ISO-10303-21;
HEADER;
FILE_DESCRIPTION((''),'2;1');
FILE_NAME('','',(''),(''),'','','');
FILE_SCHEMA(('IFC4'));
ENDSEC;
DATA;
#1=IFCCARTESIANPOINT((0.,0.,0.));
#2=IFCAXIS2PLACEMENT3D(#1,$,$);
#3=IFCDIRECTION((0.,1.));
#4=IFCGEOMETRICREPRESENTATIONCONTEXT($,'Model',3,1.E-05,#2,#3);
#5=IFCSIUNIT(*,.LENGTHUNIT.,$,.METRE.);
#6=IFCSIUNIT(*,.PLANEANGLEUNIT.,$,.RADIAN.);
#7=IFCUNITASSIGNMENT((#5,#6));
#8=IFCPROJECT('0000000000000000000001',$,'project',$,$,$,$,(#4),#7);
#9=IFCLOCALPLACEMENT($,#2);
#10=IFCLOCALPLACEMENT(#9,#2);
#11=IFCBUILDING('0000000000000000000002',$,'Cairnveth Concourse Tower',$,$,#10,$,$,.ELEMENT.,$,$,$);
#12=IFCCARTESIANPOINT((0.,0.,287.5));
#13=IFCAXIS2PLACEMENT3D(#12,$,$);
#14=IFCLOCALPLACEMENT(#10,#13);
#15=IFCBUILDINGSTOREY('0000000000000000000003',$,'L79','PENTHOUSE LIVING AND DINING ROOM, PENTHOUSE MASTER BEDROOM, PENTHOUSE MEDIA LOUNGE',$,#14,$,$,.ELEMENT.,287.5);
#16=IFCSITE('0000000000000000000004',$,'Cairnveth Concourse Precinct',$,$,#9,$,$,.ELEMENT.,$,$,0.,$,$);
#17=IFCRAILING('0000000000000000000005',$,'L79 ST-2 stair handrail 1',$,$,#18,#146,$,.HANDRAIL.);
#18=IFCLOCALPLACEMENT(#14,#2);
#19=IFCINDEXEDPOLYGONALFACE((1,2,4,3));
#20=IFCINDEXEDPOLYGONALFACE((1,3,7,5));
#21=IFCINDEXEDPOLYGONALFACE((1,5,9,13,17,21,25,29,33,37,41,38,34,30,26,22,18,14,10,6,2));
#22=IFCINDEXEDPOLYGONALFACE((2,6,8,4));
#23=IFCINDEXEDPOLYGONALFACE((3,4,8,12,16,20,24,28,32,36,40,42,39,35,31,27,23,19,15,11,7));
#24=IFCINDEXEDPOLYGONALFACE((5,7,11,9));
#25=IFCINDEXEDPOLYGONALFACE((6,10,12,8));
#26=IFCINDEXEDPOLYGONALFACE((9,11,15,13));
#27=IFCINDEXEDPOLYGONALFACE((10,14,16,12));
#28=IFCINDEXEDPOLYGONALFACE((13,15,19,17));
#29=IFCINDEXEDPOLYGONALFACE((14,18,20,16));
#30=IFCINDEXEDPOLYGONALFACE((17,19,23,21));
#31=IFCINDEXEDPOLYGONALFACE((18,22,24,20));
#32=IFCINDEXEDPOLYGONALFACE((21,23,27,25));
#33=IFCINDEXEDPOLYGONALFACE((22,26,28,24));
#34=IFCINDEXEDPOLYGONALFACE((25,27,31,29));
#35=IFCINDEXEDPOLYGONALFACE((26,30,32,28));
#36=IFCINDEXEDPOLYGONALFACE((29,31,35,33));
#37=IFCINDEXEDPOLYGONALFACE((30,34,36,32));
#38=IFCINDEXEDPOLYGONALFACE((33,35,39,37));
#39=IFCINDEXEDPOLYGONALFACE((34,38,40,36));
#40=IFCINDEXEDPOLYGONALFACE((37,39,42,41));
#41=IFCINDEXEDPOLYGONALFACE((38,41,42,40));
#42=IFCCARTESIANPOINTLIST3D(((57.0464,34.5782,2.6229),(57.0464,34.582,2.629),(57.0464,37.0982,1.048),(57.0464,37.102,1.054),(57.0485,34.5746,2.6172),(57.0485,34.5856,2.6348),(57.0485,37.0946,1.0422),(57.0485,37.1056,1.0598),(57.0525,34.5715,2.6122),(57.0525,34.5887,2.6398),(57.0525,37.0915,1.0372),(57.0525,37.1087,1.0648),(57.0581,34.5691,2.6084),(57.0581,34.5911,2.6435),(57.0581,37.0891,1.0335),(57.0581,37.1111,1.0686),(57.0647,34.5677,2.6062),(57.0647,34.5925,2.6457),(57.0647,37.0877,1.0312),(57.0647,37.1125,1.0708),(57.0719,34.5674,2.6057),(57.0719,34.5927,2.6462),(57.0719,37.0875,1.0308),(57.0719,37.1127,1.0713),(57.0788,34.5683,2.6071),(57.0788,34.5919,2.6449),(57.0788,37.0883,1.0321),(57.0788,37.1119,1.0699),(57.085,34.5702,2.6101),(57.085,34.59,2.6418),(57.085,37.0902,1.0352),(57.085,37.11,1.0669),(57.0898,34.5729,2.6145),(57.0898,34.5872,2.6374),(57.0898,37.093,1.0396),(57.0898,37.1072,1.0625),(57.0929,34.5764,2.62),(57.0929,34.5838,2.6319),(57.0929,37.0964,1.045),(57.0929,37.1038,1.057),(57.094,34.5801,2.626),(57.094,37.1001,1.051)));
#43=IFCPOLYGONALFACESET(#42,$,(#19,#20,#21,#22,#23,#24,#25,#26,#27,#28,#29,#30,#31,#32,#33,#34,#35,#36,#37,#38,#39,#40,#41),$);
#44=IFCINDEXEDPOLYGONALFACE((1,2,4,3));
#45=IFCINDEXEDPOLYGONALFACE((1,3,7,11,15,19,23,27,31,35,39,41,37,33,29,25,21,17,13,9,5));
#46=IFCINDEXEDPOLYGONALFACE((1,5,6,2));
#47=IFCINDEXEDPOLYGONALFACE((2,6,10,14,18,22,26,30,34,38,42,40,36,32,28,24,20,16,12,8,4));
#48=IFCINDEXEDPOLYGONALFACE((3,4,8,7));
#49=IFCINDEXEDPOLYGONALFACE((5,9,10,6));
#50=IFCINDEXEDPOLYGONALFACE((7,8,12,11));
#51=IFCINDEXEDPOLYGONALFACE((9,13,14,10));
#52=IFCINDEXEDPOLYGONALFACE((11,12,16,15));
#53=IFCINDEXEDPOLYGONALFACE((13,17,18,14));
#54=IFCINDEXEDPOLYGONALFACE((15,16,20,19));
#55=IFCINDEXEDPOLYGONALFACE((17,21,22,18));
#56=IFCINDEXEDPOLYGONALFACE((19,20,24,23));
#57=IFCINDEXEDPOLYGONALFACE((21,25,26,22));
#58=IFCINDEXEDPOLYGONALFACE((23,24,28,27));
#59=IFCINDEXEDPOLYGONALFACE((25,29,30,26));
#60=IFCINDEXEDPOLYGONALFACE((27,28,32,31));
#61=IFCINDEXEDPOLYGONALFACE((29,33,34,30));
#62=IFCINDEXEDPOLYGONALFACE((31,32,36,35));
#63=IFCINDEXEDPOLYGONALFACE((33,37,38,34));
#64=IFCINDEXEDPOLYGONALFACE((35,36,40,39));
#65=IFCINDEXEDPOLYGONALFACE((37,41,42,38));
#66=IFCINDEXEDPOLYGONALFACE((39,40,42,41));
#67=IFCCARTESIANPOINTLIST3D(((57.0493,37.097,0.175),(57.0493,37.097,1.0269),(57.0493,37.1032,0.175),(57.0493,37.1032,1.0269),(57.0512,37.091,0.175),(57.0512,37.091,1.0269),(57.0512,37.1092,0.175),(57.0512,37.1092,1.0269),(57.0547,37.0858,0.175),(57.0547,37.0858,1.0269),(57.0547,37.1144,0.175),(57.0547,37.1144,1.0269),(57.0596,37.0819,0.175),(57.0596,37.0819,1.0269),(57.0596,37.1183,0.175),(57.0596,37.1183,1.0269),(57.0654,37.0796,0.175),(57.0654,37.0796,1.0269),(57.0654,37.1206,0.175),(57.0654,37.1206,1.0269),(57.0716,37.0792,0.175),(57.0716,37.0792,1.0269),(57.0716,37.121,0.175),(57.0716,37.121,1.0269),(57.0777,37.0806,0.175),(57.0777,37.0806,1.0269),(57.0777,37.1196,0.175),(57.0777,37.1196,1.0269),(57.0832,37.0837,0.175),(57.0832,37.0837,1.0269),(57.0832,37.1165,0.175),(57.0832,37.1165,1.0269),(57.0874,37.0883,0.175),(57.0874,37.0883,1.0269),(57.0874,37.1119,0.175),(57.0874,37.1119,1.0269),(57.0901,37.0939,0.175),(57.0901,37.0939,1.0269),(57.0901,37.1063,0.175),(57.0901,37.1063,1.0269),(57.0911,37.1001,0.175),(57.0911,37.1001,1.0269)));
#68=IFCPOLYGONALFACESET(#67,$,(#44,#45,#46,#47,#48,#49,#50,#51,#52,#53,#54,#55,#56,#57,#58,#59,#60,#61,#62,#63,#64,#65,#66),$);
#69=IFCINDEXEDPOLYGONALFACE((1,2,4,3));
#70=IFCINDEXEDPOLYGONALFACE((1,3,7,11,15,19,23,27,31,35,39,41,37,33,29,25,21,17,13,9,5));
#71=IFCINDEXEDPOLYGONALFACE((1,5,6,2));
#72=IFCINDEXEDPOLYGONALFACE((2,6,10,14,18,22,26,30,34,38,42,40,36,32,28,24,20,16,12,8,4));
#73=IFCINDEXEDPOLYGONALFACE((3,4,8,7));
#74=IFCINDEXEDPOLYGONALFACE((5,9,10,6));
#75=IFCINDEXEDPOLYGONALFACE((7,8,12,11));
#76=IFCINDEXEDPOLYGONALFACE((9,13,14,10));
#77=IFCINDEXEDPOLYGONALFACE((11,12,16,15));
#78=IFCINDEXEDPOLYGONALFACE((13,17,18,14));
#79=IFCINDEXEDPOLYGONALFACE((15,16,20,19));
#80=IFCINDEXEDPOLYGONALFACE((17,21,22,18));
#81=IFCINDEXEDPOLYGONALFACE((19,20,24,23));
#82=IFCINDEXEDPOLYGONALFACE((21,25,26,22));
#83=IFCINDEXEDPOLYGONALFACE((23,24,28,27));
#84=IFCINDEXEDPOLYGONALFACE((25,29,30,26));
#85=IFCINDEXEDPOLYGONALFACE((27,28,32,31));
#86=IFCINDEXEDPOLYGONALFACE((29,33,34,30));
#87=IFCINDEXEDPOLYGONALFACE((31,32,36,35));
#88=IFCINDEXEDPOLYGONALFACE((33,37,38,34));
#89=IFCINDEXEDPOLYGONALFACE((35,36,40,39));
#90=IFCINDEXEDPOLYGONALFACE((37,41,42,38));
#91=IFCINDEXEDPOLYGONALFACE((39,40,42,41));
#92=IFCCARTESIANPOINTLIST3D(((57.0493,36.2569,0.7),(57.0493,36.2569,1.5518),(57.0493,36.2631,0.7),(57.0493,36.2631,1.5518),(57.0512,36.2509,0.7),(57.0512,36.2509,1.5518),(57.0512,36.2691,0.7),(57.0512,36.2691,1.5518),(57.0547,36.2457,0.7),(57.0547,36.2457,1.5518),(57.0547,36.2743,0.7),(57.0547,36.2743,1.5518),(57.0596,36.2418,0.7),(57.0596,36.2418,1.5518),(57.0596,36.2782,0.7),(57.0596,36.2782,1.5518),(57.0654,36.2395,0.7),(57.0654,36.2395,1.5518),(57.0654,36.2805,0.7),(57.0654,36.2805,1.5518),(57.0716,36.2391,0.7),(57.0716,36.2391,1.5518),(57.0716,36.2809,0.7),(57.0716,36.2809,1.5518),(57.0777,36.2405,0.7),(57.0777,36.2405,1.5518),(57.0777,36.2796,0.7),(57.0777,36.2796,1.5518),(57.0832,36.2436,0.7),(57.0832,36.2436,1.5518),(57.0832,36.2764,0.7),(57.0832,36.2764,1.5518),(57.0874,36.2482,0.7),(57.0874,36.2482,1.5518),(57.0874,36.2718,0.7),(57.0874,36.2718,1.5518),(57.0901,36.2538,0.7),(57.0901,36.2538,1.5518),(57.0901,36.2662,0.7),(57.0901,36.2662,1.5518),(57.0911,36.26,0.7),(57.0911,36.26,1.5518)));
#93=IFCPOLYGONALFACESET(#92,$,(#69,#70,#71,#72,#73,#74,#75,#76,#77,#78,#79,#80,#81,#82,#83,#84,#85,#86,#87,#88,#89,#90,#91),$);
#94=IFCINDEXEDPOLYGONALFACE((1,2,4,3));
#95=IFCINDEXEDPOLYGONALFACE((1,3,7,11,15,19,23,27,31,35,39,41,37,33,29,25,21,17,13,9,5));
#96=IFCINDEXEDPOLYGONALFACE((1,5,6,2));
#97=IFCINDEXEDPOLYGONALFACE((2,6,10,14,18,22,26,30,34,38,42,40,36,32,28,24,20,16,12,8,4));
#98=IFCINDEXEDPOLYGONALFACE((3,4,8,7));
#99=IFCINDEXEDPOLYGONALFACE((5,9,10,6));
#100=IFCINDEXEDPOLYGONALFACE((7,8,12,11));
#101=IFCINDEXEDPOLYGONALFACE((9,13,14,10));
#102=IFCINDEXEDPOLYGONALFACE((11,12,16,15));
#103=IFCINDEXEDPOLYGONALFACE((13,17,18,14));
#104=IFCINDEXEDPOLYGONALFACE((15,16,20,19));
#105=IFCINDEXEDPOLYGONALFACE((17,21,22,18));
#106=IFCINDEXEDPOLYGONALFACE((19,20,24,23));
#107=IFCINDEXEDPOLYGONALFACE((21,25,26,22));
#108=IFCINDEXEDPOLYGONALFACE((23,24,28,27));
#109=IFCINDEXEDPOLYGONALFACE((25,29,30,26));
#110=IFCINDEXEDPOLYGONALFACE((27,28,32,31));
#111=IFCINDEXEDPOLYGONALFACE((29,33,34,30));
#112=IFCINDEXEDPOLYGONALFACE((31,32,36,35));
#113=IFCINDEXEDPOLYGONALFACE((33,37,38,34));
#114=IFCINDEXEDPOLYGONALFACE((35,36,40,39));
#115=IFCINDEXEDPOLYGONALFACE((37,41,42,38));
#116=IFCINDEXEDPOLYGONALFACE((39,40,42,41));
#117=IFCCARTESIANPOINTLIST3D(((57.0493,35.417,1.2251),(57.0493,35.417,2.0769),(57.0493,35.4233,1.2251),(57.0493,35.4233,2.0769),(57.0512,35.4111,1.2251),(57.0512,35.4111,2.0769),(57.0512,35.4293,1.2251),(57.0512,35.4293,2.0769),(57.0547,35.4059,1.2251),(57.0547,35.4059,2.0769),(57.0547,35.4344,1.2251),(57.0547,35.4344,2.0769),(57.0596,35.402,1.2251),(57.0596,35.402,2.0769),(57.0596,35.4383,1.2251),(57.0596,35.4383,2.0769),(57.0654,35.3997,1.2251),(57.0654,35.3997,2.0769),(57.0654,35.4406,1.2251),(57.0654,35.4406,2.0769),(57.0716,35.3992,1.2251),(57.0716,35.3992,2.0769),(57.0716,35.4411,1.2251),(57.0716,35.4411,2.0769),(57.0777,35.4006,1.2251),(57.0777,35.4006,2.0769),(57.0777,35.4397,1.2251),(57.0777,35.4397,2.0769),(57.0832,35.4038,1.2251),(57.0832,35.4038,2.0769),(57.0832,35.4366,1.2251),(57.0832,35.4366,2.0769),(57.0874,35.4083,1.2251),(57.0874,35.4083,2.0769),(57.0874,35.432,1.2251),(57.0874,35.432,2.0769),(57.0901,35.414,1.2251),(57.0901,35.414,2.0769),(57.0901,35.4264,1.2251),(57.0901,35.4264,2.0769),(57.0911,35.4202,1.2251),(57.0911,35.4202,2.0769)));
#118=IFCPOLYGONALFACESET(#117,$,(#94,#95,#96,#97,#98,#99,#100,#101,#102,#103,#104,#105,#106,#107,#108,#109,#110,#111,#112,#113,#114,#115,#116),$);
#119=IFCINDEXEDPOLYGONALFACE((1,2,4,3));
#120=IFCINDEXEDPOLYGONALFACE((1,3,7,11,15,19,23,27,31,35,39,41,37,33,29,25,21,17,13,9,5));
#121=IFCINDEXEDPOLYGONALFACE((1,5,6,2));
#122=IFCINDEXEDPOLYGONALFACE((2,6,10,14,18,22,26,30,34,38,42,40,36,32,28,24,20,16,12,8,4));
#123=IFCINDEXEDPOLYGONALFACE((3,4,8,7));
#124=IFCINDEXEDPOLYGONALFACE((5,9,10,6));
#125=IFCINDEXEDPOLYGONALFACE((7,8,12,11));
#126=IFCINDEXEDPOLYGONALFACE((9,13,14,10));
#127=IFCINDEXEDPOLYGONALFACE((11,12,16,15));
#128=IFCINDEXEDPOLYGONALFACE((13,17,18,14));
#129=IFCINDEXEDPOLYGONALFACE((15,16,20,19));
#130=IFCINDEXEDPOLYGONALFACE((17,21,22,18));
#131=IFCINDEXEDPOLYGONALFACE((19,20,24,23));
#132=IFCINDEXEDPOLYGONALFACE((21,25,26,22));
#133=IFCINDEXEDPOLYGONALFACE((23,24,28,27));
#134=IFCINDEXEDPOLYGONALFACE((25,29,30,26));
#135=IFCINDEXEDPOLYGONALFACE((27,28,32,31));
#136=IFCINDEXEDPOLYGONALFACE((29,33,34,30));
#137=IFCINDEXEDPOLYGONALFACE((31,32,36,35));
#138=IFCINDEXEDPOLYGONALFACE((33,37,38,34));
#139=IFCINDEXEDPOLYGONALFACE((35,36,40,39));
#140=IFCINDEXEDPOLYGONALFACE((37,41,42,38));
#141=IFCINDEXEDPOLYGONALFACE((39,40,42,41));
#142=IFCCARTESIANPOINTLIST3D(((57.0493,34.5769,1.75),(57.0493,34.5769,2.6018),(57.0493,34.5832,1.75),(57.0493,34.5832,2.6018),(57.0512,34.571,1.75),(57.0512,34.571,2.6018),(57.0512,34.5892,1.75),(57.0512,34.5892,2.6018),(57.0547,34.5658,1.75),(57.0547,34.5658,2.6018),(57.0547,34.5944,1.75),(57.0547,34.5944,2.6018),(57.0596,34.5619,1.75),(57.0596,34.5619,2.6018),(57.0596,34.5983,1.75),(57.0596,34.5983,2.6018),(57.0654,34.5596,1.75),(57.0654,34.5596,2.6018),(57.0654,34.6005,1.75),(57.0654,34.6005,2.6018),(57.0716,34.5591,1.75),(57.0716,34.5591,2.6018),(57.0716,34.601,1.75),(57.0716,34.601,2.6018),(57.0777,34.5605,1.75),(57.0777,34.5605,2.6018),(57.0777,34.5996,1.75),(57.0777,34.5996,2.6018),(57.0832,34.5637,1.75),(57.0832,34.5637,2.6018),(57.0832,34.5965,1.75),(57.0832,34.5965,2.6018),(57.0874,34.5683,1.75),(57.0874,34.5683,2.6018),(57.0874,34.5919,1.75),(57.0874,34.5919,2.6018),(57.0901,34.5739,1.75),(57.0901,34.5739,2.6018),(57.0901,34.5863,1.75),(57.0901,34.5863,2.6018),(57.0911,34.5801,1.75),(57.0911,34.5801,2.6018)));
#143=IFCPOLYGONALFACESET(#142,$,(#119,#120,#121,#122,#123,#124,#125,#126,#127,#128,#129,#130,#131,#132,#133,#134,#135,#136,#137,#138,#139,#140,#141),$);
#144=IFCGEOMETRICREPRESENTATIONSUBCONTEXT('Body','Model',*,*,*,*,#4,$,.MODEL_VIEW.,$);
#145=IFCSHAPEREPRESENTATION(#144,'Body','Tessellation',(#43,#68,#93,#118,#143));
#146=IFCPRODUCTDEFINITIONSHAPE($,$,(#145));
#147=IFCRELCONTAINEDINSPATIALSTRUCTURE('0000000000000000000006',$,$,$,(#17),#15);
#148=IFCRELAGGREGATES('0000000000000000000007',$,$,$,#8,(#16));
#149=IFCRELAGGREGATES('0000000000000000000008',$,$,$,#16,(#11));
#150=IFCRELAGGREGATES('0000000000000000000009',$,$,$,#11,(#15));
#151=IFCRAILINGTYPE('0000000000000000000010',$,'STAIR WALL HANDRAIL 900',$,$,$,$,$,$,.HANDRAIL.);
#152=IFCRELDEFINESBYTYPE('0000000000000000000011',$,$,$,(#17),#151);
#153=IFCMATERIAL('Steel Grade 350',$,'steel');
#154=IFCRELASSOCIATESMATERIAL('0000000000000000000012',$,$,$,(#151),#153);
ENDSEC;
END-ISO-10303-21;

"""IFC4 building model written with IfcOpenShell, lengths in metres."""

from ifc_helpers import new_model, si_unit, direction, frame, origin, origin_2d, place, context, subcontext, project, spatial, circle, extrude, material, type_object, element, save


model = new_model("IFC4")

# Units and contexts
model_context = context("Model", 3, precision=1e-05, world=origin(), true_north=direction((0.0, 1.0)))
body_context = subcontext(model_context, "Body", "Model", "MODEL_VIEW")
ifc_project = project(units=[si_unit("LENGTHUNIT", "METRE"), si_unit("PLANEANGLEUNIT", "RADIAN")], contexts=[model_context])

# Site, building, storey
site_placement = place(None, origin())
site = spatial("IfcSite", under=ifc_project, at=site_placement, Name="Cairnveth Concourse Precinct", CompositionType="ELEMENT", RefElevation=0.0)
building_placement = place(site_placement, origin())
building = spatial("IfcBuilding", under=site, at=building_placement, Name="Cairnveth Concourse Tower", CompositionType="ELEMENT")
storey_placement = place(building_placement, frame((0.0, 0.0, 287.5)))
storey = spatial("IfcBuildingStorey", under=building, at=storey_placement, Name="L79", Description="PENTHOUSE LIVING AND DINING ROOM, PENTHOUSE MASTER BEDROOM, PENTHOUSE MEDIA LOUNGE", CompositionType="ELEMENT", Elevation=287.5)

# Shared definitions
ifc_material_1 = material(Name="Steel Grade 350", Category="steel")

# Railing
railing_type_1 = type_object("IfcRailingType", Name="STAIR WALL HANDRAIL 900", PredefinedType="HANDRAIL", material=ifc_material_1)
railing_1_placement = place(storey_placement, frame((57.0701, 37.1001, 0.175)))
element("IfcRailing", 1, at=railing_1_placement, inside=storey, type_object=railing_type_1, Name="L79 ST-2 stair handrail 1", PredefinedType="HANDRAIL", context=body_context, shape_type="SweptSolid", body=[
    extrude(circle(Radius=0.0239, at=origin_2d()), frame((0.0, 0.0, 0.876), z_axis=(0.0, -0.848008, 0.529984), x_axis=(1.0, 0.0, 0.0)), (0.0, 0.0, 1.0), 2.9717),
    extrude(circle(Radius=0.021, at=origin_2d()), origin(), (0.0, 0.0, 1.0), 0.8518),
    extrude(circle(Radius=0.021, at=origin_2d()), frame((0.0, -0.8401, 0.5249)), (0.0, 0.0, 1.0), 0.8518),
    extrude(circle(Radius=0.021, at=origin_2d()), frame((0.0, -1.6799, 1.05)), (0.0, 0.0, 1.0), 0.8518),
    extrude(circle(Radius=0.021, at=origin_2d()), frame((0.0, -2.52, 1.575)), (0.0, 0.0, 1.0), 0.8518),
])

save(model, "model.ifc")
